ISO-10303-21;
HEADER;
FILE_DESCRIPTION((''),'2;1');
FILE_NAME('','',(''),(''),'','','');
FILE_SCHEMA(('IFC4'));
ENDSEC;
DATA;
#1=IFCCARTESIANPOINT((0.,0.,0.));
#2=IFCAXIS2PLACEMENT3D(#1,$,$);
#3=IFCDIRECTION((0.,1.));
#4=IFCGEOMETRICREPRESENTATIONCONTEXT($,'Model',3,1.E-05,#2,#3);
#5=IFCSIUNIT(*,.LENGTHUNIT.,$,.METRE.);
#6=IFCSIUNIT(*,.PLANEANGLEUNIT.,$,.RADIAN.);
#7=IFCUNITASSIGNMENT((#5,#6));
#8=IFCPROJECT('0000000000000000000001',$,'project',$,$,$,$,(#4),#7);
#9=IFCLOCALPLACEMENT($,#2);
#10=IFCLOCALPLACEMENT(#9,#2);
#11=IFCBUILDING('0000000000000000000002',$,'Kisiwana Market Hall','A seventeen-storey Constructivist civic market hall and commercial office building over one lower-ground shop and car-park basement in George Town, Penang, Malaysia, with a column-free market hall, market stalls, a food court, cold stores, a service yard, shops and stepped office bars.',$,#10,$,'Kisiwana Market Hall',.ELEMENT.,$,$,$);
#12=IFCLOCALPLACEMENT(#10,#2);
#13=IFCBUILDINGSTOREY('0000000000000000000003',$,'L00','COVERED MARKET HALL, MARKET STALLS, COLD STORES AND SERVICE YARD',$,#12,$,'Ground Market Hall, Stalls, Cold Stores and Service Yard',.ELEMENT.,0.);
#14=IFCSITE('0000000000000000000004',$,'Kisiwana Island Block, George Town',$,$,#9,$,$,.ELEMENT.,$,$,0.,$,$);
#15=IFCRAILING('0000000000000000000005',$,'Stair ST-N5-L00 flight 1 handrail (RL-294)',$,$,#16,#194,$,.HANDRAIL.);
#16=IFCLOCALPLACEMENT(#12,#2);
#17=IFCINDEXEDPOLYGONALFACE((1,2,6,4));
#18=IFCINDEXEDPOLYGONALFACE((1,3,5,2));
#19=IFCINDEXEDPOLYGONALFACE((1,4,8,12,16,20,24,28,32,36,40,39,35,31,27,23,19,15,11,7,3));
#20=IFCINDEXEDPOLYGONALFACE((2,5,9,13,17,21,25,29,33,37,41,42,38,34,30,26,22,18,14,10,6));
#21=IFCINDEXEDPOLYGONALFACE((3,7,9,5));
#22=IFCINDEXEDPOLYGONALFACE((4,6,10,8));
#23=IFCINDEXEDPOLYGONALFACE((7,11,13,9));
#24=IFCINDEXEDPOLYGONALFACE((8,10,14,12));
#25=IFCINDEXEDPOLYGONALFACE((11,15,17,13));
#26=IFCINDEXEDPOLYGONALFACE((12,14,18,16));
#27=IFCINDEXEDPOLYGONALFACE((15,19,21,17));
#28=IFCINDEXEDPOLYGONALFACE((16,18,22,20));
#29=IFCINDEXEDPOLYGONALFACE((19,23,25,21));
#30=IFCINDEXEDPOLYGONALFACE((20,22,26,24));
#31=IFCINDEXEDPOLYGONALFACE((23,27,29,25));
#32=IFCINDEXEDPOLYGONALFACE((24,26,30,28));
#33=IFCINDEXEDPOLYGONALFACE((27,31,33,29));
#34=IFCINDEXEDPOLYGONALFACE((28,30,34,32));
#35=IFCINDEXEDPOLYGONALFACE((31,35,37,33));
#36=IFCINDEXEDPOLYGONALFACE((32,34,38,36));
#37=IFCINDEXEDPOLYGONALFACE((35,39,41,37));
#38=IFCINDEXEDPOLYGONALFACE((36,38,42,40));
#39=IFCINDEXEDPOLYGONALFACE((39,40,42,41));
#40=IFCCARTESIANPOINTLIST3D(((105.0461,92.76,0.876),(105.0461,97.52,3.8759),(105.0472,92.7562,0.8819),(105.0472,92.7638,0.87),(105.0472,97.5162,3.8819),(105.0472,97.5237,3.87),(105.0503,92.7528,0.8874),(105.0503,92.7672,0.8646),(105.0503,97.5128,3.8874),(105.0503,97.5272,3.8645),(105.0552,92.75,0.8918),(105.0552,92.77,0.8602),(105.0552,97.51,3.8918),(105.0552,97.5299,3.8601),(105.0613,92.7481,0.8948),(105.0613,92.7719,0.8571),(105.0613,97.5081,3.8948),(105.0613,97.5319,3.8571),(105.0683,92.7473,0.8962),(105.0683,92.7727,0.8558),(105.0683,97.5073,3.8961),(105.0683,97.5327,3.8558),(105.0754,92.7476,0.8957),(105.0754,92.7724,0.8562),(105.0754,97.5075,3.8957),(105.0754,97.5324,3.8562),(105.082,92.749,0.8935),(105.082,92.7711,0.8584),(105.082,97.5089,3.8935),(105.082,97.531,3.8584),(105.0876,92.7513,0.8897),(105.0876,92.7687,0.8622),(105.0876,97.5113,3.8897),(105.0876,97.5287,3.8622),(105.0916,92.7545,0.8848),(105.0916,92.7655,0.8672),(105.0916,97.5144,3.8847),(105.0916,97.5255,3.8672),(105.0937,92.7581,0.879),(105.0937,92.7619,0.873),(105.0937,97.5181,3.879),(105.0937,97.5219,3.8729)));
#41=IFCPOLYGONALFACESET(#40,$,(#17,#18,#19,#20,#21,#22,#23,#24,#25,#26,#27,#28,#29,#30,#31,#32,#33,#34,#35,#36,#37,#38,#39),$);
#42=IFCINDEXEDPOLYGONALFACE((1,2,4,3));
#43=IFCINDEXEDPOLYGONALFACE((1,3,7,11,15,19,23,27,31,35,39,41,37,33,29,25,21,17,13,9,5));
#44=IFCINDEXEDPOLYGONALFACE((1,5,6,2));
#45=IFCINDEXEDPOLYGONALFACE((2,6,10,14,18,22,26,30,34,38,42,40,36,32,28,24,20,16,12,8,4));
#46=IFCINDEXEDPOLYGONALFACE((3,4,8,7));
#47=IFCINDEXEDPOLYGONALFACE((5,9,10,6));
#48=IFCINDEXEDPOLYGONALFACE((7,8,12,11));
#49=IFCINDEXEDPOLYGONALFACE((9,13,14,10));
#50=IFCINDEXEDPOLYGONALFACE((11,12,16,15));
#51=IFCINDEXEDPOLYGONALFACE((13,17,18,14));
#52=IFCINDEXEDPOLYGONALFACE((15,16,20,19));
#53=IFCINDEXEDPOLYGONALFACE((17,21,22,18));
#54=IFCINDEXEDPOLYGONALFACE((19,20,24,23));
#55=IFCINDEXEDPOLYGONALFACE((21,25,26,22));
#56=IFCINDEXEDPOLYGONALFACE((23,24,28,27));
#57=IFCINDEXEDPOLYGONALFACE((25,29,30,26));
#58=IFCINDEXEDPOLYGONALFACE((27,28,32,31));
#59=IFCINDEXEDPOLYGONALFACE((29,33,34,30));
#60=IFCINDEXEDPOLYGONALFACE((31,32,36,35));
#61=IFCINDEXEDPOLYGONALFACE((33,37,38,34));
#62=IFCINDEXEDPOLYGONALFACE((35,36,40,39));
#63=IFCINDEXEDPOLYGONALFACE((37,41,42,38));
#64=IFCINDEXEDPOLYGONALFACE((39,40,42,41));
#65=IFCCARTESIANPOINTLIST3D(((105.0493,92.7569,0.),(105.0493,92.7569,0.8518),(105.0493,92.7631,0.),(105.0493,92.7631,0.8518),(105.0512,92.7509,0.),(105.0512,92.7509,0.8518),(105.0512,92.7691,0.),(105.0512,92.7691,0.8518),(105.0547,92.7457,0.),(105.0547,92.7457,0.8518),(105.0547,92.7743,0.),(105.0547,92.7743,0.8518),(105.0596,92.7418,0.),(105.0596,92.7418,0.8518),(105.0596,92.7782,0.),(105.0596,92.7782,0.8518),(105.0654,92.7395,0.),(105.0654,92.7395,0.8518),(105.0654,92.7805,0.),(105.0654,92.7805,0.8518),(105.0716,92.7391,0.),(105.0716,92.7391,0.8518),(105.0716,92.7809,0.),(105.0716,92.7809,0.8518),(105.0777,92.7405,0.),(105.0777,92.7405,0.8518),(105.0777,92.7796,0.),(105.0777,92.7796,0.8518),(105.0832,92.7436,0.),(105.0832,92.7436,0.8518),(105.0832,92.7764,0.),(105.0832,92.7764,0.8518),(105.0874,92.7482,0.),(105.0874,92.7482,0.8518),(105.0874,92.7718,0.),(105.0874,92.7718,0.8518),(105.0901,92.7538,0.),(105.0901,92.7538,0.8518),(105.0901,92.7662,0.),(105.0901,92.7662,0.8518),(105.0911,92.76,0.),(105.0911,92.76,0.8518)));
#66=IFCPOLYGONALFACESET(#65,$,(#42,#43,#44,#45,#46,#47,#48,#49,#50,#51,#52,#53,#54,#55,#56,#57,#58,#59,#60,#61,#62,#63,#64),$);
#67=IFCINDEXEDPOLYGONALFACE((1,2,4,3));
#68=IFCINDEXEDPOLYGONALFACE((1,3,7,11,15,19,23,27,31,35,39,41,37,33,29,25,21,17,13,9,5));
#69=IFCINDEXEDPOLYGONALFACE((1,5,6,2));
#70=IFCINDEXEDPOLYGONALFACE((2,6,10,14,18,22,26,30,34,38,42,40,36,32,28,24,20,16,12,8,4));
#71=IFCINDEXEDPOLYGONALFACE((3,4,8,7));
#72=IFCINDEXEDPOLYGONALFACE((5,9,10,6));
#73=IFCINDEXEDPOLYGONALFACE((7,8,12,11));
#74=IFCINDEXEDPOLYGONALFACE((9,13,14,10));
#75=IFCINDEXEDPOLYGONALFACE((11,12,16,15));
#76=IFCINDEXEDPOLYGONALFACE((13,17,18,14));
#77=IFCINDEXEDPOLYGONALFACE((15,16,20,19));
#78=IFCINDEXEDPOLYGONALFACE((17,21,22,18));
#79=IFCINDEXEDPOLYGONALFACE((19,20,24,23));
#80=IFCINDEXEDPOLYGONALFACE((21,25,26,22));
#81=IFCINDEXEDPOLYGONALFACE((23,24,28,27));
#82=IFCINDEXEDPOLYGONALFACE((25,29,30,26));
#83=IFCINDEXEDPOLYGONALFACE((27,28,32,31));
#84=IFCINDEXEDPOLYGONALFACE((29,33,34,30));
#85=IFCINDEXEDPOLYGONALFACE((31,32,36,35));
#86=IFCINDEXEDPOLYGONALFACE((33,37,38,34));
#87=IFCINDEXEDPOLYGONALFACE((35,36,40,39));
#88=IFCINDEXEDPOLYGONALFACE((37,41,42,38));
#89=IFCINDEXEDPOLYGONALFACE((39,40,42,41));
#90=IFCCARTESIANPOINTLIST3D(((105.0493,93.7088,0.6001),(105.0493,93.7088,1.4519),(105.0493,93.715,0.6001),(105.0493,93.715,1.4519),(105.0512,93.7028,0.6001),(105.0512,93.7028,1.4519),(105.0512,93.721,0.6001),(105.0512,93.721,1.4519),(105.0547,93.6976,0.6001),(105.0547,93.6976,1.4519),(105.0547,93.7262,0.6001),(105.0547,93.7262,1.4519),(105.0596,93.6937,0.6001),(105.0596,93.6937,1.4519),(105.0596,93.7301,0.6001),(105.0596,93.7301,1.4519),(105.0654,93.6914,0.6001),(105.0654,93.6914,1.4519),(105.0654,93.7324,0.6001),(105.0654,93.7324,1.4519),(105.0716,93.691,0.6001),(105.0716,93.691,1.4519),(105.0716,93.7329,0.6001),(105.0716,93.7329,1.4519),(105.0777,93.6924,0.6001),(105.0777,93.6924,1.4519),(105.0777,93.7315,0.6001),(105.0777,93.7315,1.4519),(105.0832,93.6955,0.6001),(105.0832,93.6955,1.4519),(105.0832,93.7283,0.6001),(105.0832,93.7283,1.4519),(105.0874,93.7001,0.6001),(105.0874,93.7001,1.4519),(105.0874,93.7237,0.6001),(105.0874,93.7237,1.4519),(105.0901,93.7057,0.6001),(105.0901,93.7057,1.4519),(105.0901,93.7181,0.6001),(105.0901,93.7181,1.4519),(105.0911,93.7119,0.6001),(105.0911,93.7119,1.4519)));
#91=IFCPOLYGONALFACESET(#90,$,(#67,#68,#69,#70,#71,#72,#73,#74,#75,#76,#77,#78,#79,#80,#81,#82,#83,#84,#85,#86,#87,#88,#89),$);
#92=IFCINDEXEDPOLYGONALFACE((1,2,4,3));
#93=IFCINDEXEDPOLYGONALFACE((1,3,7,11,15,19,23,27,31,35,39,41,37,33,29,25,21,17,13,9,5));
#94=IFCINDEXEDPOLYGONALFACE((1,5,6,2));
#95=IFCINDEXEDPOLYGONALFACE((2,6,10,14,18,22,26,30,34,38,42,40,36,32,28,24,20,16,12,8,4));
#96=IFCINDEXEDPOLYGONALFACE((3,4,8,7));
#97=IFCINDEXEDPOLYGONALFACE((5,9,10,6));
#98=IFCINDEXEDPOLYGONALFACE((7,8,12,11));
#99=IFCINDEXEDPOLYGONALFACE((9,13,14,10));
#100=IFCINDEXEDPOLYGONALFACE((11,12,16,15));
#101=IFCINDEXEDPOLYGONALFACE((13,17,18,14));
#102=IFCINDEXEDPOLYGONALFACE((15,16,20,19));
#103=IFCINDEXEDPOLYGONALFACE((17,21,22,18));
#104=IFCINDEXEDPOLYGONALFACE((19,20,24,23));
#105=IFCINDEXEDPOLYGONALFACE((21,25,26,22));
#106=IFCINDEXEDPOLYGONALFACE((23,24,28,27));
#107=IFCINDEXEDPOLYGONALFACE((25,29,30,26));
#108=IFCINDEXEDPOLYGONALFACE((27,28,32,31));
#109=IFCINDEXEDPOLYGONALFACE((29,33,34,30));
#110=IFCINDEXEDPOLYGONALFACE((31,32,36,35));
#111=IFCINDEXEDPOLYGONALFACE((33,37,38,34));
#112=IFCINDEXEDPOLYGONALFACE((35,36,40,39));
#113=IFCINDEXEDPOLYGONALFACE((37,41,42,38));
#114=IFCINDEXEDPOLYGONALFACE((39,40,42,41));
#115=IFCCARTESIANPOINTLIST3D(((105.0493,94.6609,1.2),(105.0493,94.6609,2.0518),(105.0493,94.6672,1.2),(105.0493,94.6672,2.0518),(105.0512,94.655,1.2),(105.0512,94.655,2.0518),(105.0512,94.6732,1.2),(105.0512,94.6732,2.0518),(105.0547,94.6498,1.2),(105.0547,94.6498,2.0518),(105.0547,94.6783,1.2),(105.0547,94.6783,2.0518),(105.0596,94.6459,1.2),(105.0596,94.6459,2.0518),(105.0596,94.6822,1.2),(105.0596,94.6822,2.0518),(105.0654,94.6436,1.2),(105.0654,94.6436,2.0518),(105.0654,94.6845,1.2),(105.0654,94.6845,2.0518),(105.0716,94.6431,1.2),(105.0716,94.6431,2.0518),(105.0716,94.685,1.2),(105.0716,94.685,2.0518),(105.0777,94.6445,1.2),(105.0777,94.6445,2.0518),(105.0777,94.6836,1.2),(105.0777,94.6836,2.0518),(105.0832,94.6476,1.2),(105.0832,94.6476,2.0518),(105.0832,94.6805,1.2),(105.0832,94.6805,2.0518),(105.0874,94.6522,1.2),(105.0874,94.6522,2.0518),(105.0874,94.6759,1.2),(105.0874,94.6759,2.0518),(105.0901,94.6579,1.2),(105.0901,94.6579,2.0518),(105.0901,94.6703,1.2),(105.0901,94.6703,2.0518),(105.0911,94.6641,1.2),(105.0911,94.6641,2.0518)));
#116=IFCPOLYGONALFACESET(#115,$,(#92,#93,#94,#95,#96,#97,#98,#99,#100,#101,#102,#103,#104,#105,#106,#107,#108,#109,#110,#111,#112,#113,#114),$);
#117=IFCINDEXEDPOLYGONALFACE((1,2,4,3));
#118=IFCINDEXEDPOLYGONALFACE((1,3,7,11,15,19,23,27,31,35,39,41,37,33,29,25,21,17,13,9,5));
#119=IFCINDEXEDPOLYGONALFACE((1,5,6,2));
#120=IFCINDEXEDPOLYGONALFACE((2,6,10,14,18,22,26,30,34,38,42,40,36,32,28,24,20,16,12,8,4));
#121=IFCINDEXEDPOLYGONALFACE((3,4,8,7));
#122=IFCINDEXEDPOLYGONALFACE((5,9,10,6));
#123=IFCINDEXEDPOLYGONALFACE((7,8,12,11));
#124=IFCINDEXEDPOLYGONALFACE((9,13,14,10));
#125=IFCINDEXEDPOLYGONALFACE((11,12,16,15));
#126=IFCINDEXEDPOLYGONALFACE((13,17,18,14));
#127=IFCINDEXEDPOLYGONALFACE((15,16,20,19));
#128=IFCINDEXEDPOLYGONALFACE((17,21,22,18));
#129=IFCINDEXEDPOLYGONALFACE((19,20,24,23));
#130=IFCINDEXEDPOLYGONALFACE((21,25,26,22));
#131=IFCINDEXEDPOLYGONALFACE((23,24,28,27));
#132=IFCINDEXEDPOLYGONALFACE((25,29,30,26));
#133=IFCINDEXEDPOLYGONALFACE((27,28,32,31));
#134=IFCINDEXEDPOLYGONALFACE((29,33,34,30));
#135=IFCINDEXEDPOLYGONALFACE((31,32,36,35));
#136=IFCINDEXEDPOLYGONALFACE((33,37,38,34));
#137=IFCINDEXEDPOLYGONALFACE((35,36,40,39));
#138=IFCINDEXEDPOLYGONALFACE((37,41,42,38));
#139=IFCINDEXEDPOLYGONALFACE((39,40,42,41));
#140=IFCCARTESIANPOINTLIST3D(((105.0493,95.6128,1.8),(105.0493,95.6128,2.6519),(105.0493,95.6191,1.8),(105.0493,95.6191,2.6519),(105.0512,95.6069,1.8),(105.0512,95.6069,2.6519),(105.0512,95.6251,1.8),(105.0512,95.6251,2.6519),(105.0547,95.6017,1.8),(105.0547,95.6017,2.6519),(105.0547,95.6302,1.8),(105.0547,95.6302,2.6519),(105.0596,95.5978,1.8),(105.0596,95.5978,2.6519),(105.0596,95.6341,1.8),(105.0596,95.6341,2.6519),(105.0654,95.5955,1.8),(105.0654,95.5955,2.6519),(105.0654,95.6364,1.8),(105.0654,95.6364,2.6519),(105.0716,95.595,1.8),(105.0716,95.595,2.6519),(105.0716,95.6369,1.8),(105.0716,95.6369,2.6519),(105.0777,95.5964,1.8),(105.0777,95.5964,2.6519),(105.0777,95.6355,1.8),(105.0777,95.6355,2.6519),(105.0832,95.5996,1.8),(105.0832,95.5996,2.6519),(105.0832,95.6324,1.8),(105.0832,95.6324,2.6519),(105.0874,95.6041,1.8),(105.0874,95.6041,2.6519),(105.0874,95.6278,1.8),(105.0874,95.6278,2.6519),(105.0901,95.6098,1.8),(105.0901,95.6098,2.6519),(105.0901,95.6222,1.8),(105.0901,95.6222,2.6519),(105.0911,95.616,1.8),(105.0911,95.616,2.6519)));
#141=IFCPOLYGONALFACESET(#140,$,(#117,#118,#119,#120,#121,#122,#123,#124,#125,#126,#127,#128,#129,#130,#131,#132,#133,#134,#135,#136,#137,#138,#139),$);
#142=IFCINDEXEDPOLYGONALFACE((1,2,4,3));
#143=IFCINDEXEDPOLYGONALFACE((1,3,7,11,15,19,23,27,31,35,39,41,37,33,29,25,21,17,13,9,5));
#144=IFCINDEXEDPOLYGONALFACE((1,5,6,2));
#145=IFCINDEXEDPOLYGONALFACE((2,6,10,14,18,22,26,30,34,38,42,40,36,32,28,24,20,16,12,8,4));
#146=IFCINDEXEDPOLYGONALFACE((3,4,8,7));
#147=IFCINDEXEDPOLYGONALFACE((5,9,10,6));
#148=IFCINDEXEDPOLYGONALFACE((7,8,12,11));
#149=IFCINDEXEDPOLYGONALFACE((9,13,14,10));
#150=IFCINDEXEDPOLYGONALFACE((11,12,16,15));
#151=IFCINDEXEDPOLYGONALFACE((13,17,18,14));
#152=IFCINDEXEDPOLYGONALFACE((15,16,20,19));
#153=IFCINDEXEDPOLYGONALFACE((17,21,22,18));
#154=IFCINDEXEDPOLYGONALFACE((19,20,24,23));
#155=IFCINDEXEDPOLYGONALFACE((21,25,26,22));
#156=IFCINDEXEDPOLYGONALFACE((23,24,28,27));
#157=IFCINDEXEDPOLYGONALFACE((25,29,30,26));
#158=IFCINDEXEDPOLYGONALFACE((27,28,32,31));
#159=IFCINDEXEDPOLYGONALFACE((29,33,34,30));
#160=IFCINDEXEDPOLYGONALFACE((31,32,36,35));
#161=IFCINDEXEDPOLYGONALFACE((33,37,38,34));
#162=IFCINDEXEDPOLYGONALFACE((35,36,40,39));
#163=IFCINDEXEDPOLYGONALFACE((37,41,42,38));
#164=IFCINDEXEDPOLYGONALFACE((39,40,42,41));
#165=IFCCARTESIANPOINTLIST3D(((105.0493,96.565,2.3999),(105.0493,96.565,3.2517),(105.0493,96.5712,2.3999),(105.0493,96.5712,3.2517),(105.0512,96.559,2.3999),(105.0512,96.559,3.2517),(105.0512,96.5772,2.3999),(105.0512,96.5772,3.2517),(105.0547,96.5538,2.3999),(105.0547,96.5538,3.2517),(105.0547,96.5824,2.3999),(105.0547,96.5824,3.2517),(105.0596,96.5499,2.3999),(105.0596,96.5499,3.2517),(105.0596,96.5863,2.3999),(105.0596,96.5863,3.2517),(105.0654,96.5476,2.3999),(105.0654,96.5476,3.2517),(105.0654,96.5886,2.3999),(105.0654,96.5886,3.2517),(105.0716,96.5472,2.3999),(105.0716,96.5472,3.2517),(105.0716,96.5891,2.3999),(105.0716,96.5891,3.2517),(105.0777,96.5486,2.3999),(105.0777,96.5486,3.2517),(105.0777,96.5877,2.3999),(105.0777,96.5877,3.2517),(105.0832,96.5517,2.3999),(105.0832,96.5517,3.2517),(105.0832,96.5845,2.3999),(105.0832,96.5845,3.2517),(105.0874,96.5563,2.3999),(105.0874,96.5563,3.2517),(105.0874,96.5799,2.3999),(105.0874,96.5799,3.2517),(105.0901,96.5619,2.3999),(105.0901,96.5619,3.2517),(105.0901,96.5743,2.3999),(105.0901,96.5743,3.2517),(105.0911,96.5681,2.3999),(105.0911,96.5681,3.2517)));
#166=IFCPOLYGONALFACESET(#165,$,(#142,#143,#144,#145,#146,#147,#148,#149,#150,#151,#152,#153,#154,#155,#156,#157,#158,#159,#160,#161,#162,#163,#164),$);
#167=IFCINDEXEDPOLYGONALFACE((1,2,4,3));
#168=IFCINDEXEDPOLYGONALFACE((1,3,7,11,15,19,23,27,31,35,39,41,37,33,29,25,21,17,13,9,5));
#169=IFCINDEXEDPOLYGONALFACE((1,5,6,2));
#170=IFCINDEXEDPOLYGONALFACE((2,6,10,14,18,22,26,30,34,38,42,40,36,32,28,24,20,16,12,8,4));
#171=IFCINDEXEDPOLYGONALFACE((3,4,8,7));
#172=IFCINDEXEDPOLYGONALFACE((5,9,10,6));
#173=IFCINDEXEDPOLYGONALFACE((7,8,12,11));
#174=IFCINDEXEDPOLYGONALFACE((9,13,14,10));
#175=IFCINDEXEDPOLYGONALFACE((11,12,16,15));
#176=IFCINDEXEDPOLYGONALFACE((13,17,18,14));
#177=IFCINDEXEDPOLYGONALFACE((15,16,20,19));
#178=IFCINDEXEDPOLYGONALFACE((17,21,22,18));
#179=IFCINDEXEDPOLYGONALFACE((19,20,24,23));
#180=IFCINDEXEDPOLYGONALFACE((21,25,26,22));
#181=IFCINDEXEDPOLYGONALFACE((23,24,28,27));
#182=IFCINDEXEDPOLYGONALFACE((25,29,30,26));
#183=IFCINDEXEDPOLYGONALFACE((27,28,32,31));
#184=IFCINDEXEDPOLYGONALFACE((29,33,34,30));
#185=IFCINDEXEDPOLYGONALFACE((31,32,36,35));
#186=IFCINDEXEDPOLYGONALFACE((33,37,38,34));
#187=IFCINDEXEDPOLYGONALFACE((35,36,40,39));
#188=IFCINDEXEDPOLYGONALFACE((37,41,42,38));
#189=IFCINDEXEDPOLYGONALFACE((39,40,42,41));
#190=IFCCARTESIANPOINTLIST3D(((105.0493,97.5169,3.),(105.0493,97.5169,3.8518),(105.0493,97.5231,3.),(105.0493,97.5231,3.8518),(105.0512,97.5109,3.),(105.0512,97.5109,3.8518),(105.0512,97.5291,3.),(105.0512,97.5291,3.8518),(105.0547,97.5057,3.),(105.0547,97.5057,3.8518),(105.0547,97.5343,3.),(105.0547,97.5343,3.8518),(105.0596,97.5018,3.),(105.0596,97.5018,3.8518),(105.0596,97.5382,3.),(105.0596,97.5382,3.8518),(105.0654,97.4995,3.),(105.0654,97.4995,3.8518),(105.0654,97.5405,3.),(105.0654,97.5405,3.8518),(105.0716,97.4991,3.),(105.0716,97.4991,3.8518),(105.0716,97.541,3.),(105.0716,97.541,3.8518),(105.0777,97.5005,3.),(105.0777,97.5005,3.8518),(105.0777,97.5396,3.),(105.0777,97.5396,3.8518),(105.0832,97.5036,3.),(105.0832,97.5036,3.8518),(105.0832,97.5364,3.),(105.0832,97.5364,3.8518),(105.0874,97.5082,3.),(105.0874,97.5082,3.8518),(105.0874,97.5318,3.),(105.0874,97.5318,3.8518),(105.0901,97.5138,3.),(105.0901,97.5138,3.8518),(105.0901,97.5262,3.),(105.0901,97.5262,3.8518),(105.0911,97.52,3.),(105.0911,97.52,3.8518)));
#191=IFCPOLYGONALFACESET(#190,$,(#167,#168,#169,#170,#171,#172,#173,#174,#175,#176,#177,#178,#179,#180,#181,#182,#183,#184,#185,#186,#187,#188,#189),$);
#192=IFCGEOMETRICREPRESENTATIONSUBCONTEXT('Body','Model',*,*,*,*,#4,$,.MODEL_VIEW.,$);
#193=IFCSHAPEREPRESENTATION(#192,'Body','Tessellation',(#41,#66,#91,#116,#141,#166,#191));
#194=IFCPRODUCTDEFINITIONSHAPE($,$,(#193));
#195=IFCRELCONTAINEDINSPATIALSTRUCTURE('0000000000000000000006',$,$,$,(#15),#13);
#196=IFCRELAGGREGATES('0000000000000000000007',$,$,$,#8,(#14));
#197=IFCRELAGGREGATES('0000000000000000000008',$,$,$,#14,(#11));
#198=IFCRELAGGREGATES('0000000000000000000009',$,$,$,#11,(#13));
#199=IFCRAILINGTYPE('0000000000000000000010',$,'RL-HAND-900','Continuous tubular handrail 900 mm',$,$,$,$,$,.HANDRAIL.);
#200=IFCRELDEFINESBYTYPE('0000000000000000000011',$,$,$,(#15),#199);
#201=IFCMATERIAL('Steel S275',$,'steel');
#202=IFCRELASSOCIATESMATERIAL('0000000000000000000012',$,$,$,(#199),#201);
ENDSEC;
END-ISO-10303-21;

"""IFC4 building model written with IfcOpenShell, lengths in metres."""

from ifc_helpers import new_model, si_unit, direction, frame, origin, origin_2d, place, context, subcontext, project, spatial, circle, extrude, material, type_object, element, save


model = new_model("IFC4")

# Units and contexts
model_context = context("Model", 3, precision=1e-05, world=origin(), true_north=direction((0.0, 1.0)))
body_context = subcontext(model_context, "Body", "Model", "MODEL_VIEW")
ifc_project = project(units=[si_unit("LENGTHUNIT", "METRE"), si_unit("PLANEANGLEUNIT", "RADIAN")], contexts=[model_context])

# Site, building, storey
site_placement = place(None, origin())
site = spatial("IfcSite", under=ifc_project, at=site_placement, Name="Kisiwana Island Block, George Town", CompositionType="ELEMENT", RefElevation=0.0)
building_placement = place(site_placement, origin())
building = spatial("IfcBuilding", under=site, at=building_placement, Name="Kisiwana Market Hall", Description="A seventeen-storey Constructivist civic market hall and commercial office building over one lower-ground shop and car-park basement in George Town, Penang, Malaysia, with a column-free market hall, market stalls, a food court, cold stores, a service yard, shops and stepped office bars.", LongName="Kisiwana Market Hall", CompositionType="ELEMENT")
storey_placement = place(building_placement, origin())
storey = spatial("IfcBuildingStorey", under=building, at=storey_placement, Name="L00", Description="COVERED MARKET HALL, MARKET STALLS, COLD STORES AND SERVICE YARD", LongName="Ground Market Hall, Stalls, Cold Stores and Service Yard", CompositionType="ELEMENT", Elevation=0.0)

# Railing
ifc_material_1 = material(Name="Steel S275", Category="steel")
railing_type_1 = type_object("IfcRailingType", Name="RL-HAND-900", Description="Continuous tubular handrail 900 mm", PredefinedType="HANDRAIL", material=ifc_material_1)
for number, where, name in (
    (1, (105.0701, 92.76, 0.0), "Stair ST-N5-L00 flight 1 handrail (RL-294)"),
):
    element("IfcRailing", number, at=place(storey_placement, frame(where)), inside=storey, type_object=railing_type_1, Name=name, PredefinedType="HANDRAIL", context=body_context, shape_type="SweptSolid", body=[
        extrude(circle(Radius=0.0239, at=origin_2d()), frame((0.0, 0.0, 0.876), z_axis=(0.0, 0.845996, 0.53319), x_axis=(-1.0, 0.0, 0.0)), (0.0, 0.0, 1.0), 5.6265),
        extrude(circle(Radius=0.021, at=origin_2d()), origin(), (0.0, 0.0, 1.0), 0.8518),
        extrude(circle(Radius=0.021, at=origin_2d()), frame((0.0, 0.9519, 0.6001)), (0.0, 0.0, 1.0), 0.8518),
        extrude(circle(Radius=0.021, at=origin_2d()), frame((0.0, 1.9041, 1.2)), (0.0, 0.0, 1.0), 0.8518),
        extrude(circle(Radius=0.021, at=origin_2d()), frame((0.0, 2.856, 1.8)), (0.0, 0.0, 1.0), 0.8518),
        extrude(circle(Radius=0.021, at=origin_2d()), frame((0.0, 3.8081, 2.3999)), (0.0, 0.0, 1.0), 0.8518),
        extrude(circle(Radius=0.021, at=origin_2d()), frame((0.0, 4.76, 3.0)), (0.0, 0.0, 1.0), 0.8518),
    ])

save(model, "model.ifc")
